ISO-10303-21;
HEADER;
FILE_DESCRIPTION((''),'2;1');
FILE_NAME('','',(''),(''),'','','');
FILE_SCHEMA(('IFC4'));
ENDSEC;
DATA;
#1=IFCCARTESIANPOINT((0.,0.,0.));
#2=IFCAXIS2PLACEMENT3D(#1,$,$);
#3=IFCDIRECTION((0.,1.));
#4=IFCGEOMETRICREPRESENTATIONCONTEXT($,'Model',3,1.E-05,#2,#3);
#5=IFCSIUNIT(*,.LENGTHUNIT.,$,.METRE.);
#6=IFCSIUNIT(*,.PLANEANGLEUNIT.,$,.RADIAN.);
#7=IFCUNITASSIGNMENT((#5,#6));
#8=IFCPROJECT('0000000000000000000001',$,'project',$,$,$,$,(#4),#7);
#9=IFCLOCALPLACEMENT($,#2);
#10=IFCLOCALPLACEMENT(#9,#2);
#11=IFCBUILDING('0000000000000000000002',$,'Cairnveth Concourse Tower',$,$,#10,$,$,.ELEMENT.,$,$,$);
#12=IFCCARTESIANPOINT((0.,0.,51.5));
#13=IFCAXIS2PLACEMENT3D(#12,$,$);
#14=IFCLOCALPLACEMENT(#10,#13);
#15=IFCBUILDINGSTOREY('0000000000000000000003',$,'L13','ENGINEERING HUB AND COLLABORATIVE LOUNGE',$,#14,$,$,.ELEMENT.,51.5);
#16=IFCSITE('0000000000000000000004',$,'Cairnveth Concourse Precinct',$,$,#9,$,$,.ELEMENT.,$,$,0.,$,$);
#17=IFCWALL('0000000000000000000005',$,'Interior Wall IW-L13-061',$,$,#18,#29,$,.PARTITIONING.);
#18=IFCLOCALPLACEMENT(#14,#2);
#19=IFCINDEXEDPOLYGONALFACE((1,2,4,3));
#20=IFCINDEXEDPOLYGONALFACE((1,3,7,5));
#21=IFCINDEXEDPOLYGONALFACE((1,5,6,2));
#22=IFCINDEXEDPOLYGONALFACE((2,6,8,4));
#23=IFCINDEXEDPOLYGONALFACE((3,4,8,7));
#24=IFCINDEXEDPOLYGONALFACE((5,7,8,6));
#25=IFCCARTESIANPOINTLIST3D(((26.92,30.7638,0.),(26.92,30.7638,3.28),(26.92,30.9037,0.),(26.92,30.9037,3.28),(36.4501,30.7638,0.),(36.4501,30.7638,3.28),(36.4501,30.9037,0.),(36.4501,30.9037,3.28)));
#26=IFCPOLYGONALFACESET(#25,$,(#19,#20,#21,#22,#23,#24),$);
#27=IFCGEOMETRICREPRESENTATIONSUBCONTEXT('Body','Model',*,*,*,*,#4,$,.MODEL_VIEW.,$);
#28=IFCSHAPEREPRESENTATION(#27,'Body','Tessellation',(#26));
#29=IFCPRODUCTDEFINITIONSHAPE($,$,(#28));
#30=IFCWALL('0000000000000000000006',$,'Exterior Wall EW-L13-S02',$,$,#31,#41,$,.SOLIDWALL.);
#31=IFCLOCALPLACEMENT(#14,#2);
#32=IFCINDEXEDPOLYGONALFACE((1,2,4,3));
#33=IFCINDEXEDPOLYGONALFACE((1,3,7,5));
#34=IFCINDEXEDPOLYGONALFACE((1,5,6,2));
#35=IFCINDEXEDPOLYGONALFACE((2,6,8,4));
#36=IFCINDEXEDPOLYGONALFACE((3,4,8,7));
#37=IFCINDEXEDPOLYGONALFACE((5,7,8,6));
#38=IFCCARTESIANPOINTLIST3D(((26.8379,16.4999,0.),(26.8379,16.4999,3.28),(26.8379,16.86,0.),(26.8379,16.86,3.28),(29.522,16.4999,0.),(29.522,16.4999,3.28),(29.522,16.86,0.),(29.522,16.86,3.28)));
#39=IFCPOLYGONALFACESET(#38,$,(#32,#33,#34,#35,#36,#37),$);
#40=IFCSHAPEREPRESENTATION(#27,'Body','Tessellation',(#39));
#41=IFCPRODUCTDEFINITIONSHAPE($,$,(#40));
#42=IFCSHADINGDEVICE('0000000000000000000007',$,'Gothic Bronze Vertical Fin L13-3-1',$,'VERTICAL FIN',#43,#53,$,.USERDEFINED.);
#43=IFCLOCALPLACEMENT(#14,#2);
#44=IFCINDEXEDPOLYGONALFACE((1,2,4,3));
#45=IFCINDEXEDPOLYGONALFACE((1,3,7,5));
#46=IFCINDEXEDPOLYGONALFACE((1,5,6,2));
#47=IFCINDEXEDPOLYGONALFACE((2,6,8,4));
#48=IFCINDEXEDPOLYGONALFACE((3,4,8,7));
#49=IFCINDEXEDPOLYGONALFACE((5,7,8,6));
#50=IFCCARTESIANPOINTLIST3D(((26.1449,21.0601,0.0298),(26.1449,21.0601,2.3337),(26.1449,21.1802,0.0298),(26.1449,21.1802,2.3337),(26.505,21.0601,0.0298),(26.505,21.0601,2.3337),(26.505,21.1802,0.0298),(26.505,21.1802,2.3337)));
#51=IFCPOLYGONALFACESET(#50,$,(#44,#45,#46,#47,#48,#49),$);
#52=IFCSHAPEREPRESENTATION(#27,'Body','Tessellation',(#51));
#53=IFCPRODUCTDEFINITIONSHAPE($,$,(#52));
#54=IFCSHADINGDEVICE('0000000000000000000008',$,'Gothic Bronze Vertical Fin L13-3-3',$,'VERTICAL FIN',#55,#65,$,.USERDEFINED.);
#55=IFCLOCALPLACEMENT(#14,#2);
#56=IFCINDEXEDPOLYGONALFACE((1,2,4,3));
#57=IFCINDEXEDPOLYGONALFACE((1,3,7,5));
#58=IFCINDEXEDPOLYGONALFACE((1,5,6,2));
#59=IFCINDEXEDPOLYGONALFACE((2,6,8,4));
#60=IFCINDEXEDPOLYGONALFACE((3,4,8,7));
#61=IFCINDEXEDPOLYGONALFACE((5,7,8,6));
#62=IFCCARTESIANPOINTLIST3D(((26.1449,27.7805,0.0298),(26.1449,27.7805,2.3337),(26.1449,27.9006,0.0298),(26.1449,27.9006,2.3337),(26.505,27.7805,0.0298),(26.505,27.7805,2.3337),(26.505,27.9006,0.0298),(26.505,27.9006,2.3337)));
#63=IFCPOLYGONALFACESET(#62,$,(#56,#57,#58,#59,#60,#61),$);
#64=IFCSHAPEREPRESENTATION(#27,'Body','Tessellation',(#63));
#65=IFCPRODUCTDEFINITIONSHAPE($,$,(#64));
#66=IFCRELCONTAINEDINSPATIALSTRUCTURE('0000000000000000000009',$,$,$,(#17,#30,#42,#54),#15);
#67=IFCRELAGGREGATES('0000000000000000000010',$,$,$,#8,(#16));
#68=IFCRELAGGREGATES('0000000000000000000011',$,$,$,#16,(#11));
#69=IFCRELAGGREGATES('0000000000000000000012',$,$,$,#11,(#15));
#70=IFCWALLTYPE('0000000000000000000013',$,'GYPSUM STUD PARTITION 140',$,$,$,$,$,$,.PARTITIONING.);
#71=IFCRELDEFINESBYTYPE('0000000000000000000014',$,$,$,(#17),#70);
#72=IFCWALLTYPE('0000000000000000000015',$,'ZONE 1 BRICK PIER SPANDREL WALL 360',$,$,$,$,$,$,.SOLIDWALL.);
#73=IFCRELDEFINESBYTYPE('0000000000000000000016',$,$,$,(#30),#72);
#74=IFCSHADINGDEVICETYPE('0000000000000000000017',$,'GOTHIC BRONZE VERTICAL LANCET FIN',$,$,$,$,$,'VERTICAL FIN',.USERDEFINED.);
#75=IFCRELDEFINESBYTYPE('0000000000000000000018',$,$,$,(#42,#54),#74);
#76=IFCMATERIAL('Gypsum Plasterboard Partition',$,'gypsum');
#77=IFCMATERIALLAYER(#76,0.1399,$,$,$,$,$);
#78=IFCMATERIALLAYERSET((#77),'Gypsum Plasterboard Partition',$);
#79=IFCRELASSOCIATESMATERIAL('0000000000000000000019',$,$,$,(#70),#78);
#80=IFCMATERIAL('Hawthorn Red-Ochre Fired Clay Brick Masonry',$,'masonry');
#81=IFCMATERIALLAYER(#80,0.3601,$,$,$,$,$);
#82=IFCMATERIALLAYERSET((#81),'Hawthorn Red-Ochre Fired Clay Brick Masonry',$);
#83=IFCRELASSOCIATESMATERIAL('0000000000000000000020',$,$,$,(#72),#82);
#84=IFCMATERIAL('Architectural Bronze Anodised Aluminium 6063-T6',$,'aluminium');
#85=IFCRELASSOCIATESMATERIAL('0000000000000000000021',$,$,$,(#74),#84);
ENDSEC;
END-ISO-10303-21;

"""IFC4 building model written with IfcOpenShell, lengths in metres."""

from ifc_helpers import new_model, si_unit, direction, frame, frame_2d, origin, origin_2d, place, context, subcontext, project, spatial, rectangle, extrude, material, layer, layer_set, type_object, element, save


model = new_model("IFC4")

# Units and contexts
model_context = context("Model", 3, precision=1e-05, world=origin(), true_north=direction((0.0, 1.0)))
body_context = subcontext(model_context, "Body", "Model", "MODEL_VIEW")
ifc_project = project(units=[si_unit("LENGTHUNIT", "METRE"), si_unit("PLANEANGLEUNIT", "RADIAN")], contexts=[model_context])

# Site, building, storey
site_placement = place(None, origin())
site = spatial("IfcSite", under=ifc_project, at=site_placement, Name="Cairnveth Concourse Precinct", CompositionType="ELEMENT", RefElevation=0.0)
building_placement = place(site_placement, origin())
building = spatial("IfcBuilding", under=site, at=building_placement, Name="Cairnveth Concourse Tower", CompositionType="ELEMENT")
storey_placement = place(building_placement, frame((0.0, 0.0, 51.5)))
storey = spatial("IfcBuildingStorey", under=building, at=storey_placement, Name="L13", Description="ENGINEERING HUB AND COLLABORATIVE LOUNGE", CompositionType="ELEMENT", Elevation=51.5)

# Walls
ifc_material_1 = material(Name="Gypsum Plasterboard Partition", Category="gypsum")
ifc_layer_1 = layer(ifc_material_1, 0.1399)
ifc_layer_set_1 = layer_set([ifc_layer_1], Name="Gypsum Plasterboard Partition")
wall_type_1 = type_object("IfcWallType", Name="GYPSUM STUD PARTITION 140", PredefinedType="PARTITIONING", material=ifc_layer_set_1)
wall_1_placement = place(storey_placement, frame((26.9199, 30.8337, 0.0), z_axis=(0.0, 0.0, 1.0), x_axis=(1.0, 0.0, 0.0)))
element("IfcWall", 1, at=wall_1_placement, inside=storey, type_object=wall_type_1, Name="Interior Wall IW-L13-061", PredefinedType="PARTITIONING", context=body_context, shape_type="SweptSolid", body=[
    extrude(rectangle(XDim=9.53, YDim=0.1399, at=frame_2d((4.7651, 0.0))), origin(), (0.0, 0.0, 1.0), 3.28),
])
ifc_material_2 = material(Name="Hawthorn Red-Ochre Fired Clay Brick Masonry", Category="masonry")
ifc_layer_2 = layer(ifc_material_2, 0.3601)
ifc_layer_set_2 = layer_set([ifc_layer_2], Name="Hawthorn Red-Ochre Fired Clay Brick Masonry")
wall_type_2 = type_object("IfcWallType", Name="ZONE 1 BRICK PIER SPANDREL WALL 360", PredefinedType="SOLIDWALL", material=ifc_layer_set_2)
wall_2_placement = place(storey_placement, frame((29.522, 16.6799, 0.0), z_axis=(0.0, 0.0, 1.0), x_axis=(-1.0, 0.0, 0.0)))
element("IfcWall", 2, at=wall_2_placement, inside=storey, type_object=wall_type_2, Name="Exterior Wall EW-L13-S02", PredefinedType="SOLIDWALL", context=body_context, shape_type="SweptSolid", body=[
    extrude(rectangle(XDim=2.6841, YDim=0.3601, at=frame_2d((1.342, 0.0))), origin(), (0.0, 0.0, 1.0), 3.28),
])

# Shading devices
ifc_material_3 = material(Name="Architectural Bronze Anodised Aluminium 6063-T6", Category="aluminium")
shading_device_type = type_object("IfcShadingDeviceType", Name="GOTHIC BRONZE VERTICAL LANCET FIN", ElementType="VERTICAL FIN", PredefinedType="USERDEFINED", material=ifc_material_3)
for number, where, z_axis, x_axis, name in (
    (3, (26.325, 21.1201, 0.0298), (0.0, 0.0, 1.0), (0.0, 1.0, 0.0), "Gothic Bronze Vertical Fin L13-3-1"),
    (4, (26.325, 27.8406, 0.0298), (0.0, 0.0, 1.0), (0.0, 1.0, 0.0), "Gothic Bronze Vertical Fin L13-3-3"),
):
    element("IfcShadingDevice", number, at=place(storey_placement, frame(where, z_axis=z_axis, x_axis=x_axis)), inside=storey, type_object=shading_device_type, Name=name, ObjectType="VERTICAL FIN", PredefinedType="USERDEFINED", context=body_context, shape_type="SweptSolid", body=[
        extrude(rectangle(XDim=0.1201, YDim=0.3601, at=origin_2d()), origin(), (0.0, 0.0, 1.0), 2.304),
    ])

save(model, "model.ifc")
